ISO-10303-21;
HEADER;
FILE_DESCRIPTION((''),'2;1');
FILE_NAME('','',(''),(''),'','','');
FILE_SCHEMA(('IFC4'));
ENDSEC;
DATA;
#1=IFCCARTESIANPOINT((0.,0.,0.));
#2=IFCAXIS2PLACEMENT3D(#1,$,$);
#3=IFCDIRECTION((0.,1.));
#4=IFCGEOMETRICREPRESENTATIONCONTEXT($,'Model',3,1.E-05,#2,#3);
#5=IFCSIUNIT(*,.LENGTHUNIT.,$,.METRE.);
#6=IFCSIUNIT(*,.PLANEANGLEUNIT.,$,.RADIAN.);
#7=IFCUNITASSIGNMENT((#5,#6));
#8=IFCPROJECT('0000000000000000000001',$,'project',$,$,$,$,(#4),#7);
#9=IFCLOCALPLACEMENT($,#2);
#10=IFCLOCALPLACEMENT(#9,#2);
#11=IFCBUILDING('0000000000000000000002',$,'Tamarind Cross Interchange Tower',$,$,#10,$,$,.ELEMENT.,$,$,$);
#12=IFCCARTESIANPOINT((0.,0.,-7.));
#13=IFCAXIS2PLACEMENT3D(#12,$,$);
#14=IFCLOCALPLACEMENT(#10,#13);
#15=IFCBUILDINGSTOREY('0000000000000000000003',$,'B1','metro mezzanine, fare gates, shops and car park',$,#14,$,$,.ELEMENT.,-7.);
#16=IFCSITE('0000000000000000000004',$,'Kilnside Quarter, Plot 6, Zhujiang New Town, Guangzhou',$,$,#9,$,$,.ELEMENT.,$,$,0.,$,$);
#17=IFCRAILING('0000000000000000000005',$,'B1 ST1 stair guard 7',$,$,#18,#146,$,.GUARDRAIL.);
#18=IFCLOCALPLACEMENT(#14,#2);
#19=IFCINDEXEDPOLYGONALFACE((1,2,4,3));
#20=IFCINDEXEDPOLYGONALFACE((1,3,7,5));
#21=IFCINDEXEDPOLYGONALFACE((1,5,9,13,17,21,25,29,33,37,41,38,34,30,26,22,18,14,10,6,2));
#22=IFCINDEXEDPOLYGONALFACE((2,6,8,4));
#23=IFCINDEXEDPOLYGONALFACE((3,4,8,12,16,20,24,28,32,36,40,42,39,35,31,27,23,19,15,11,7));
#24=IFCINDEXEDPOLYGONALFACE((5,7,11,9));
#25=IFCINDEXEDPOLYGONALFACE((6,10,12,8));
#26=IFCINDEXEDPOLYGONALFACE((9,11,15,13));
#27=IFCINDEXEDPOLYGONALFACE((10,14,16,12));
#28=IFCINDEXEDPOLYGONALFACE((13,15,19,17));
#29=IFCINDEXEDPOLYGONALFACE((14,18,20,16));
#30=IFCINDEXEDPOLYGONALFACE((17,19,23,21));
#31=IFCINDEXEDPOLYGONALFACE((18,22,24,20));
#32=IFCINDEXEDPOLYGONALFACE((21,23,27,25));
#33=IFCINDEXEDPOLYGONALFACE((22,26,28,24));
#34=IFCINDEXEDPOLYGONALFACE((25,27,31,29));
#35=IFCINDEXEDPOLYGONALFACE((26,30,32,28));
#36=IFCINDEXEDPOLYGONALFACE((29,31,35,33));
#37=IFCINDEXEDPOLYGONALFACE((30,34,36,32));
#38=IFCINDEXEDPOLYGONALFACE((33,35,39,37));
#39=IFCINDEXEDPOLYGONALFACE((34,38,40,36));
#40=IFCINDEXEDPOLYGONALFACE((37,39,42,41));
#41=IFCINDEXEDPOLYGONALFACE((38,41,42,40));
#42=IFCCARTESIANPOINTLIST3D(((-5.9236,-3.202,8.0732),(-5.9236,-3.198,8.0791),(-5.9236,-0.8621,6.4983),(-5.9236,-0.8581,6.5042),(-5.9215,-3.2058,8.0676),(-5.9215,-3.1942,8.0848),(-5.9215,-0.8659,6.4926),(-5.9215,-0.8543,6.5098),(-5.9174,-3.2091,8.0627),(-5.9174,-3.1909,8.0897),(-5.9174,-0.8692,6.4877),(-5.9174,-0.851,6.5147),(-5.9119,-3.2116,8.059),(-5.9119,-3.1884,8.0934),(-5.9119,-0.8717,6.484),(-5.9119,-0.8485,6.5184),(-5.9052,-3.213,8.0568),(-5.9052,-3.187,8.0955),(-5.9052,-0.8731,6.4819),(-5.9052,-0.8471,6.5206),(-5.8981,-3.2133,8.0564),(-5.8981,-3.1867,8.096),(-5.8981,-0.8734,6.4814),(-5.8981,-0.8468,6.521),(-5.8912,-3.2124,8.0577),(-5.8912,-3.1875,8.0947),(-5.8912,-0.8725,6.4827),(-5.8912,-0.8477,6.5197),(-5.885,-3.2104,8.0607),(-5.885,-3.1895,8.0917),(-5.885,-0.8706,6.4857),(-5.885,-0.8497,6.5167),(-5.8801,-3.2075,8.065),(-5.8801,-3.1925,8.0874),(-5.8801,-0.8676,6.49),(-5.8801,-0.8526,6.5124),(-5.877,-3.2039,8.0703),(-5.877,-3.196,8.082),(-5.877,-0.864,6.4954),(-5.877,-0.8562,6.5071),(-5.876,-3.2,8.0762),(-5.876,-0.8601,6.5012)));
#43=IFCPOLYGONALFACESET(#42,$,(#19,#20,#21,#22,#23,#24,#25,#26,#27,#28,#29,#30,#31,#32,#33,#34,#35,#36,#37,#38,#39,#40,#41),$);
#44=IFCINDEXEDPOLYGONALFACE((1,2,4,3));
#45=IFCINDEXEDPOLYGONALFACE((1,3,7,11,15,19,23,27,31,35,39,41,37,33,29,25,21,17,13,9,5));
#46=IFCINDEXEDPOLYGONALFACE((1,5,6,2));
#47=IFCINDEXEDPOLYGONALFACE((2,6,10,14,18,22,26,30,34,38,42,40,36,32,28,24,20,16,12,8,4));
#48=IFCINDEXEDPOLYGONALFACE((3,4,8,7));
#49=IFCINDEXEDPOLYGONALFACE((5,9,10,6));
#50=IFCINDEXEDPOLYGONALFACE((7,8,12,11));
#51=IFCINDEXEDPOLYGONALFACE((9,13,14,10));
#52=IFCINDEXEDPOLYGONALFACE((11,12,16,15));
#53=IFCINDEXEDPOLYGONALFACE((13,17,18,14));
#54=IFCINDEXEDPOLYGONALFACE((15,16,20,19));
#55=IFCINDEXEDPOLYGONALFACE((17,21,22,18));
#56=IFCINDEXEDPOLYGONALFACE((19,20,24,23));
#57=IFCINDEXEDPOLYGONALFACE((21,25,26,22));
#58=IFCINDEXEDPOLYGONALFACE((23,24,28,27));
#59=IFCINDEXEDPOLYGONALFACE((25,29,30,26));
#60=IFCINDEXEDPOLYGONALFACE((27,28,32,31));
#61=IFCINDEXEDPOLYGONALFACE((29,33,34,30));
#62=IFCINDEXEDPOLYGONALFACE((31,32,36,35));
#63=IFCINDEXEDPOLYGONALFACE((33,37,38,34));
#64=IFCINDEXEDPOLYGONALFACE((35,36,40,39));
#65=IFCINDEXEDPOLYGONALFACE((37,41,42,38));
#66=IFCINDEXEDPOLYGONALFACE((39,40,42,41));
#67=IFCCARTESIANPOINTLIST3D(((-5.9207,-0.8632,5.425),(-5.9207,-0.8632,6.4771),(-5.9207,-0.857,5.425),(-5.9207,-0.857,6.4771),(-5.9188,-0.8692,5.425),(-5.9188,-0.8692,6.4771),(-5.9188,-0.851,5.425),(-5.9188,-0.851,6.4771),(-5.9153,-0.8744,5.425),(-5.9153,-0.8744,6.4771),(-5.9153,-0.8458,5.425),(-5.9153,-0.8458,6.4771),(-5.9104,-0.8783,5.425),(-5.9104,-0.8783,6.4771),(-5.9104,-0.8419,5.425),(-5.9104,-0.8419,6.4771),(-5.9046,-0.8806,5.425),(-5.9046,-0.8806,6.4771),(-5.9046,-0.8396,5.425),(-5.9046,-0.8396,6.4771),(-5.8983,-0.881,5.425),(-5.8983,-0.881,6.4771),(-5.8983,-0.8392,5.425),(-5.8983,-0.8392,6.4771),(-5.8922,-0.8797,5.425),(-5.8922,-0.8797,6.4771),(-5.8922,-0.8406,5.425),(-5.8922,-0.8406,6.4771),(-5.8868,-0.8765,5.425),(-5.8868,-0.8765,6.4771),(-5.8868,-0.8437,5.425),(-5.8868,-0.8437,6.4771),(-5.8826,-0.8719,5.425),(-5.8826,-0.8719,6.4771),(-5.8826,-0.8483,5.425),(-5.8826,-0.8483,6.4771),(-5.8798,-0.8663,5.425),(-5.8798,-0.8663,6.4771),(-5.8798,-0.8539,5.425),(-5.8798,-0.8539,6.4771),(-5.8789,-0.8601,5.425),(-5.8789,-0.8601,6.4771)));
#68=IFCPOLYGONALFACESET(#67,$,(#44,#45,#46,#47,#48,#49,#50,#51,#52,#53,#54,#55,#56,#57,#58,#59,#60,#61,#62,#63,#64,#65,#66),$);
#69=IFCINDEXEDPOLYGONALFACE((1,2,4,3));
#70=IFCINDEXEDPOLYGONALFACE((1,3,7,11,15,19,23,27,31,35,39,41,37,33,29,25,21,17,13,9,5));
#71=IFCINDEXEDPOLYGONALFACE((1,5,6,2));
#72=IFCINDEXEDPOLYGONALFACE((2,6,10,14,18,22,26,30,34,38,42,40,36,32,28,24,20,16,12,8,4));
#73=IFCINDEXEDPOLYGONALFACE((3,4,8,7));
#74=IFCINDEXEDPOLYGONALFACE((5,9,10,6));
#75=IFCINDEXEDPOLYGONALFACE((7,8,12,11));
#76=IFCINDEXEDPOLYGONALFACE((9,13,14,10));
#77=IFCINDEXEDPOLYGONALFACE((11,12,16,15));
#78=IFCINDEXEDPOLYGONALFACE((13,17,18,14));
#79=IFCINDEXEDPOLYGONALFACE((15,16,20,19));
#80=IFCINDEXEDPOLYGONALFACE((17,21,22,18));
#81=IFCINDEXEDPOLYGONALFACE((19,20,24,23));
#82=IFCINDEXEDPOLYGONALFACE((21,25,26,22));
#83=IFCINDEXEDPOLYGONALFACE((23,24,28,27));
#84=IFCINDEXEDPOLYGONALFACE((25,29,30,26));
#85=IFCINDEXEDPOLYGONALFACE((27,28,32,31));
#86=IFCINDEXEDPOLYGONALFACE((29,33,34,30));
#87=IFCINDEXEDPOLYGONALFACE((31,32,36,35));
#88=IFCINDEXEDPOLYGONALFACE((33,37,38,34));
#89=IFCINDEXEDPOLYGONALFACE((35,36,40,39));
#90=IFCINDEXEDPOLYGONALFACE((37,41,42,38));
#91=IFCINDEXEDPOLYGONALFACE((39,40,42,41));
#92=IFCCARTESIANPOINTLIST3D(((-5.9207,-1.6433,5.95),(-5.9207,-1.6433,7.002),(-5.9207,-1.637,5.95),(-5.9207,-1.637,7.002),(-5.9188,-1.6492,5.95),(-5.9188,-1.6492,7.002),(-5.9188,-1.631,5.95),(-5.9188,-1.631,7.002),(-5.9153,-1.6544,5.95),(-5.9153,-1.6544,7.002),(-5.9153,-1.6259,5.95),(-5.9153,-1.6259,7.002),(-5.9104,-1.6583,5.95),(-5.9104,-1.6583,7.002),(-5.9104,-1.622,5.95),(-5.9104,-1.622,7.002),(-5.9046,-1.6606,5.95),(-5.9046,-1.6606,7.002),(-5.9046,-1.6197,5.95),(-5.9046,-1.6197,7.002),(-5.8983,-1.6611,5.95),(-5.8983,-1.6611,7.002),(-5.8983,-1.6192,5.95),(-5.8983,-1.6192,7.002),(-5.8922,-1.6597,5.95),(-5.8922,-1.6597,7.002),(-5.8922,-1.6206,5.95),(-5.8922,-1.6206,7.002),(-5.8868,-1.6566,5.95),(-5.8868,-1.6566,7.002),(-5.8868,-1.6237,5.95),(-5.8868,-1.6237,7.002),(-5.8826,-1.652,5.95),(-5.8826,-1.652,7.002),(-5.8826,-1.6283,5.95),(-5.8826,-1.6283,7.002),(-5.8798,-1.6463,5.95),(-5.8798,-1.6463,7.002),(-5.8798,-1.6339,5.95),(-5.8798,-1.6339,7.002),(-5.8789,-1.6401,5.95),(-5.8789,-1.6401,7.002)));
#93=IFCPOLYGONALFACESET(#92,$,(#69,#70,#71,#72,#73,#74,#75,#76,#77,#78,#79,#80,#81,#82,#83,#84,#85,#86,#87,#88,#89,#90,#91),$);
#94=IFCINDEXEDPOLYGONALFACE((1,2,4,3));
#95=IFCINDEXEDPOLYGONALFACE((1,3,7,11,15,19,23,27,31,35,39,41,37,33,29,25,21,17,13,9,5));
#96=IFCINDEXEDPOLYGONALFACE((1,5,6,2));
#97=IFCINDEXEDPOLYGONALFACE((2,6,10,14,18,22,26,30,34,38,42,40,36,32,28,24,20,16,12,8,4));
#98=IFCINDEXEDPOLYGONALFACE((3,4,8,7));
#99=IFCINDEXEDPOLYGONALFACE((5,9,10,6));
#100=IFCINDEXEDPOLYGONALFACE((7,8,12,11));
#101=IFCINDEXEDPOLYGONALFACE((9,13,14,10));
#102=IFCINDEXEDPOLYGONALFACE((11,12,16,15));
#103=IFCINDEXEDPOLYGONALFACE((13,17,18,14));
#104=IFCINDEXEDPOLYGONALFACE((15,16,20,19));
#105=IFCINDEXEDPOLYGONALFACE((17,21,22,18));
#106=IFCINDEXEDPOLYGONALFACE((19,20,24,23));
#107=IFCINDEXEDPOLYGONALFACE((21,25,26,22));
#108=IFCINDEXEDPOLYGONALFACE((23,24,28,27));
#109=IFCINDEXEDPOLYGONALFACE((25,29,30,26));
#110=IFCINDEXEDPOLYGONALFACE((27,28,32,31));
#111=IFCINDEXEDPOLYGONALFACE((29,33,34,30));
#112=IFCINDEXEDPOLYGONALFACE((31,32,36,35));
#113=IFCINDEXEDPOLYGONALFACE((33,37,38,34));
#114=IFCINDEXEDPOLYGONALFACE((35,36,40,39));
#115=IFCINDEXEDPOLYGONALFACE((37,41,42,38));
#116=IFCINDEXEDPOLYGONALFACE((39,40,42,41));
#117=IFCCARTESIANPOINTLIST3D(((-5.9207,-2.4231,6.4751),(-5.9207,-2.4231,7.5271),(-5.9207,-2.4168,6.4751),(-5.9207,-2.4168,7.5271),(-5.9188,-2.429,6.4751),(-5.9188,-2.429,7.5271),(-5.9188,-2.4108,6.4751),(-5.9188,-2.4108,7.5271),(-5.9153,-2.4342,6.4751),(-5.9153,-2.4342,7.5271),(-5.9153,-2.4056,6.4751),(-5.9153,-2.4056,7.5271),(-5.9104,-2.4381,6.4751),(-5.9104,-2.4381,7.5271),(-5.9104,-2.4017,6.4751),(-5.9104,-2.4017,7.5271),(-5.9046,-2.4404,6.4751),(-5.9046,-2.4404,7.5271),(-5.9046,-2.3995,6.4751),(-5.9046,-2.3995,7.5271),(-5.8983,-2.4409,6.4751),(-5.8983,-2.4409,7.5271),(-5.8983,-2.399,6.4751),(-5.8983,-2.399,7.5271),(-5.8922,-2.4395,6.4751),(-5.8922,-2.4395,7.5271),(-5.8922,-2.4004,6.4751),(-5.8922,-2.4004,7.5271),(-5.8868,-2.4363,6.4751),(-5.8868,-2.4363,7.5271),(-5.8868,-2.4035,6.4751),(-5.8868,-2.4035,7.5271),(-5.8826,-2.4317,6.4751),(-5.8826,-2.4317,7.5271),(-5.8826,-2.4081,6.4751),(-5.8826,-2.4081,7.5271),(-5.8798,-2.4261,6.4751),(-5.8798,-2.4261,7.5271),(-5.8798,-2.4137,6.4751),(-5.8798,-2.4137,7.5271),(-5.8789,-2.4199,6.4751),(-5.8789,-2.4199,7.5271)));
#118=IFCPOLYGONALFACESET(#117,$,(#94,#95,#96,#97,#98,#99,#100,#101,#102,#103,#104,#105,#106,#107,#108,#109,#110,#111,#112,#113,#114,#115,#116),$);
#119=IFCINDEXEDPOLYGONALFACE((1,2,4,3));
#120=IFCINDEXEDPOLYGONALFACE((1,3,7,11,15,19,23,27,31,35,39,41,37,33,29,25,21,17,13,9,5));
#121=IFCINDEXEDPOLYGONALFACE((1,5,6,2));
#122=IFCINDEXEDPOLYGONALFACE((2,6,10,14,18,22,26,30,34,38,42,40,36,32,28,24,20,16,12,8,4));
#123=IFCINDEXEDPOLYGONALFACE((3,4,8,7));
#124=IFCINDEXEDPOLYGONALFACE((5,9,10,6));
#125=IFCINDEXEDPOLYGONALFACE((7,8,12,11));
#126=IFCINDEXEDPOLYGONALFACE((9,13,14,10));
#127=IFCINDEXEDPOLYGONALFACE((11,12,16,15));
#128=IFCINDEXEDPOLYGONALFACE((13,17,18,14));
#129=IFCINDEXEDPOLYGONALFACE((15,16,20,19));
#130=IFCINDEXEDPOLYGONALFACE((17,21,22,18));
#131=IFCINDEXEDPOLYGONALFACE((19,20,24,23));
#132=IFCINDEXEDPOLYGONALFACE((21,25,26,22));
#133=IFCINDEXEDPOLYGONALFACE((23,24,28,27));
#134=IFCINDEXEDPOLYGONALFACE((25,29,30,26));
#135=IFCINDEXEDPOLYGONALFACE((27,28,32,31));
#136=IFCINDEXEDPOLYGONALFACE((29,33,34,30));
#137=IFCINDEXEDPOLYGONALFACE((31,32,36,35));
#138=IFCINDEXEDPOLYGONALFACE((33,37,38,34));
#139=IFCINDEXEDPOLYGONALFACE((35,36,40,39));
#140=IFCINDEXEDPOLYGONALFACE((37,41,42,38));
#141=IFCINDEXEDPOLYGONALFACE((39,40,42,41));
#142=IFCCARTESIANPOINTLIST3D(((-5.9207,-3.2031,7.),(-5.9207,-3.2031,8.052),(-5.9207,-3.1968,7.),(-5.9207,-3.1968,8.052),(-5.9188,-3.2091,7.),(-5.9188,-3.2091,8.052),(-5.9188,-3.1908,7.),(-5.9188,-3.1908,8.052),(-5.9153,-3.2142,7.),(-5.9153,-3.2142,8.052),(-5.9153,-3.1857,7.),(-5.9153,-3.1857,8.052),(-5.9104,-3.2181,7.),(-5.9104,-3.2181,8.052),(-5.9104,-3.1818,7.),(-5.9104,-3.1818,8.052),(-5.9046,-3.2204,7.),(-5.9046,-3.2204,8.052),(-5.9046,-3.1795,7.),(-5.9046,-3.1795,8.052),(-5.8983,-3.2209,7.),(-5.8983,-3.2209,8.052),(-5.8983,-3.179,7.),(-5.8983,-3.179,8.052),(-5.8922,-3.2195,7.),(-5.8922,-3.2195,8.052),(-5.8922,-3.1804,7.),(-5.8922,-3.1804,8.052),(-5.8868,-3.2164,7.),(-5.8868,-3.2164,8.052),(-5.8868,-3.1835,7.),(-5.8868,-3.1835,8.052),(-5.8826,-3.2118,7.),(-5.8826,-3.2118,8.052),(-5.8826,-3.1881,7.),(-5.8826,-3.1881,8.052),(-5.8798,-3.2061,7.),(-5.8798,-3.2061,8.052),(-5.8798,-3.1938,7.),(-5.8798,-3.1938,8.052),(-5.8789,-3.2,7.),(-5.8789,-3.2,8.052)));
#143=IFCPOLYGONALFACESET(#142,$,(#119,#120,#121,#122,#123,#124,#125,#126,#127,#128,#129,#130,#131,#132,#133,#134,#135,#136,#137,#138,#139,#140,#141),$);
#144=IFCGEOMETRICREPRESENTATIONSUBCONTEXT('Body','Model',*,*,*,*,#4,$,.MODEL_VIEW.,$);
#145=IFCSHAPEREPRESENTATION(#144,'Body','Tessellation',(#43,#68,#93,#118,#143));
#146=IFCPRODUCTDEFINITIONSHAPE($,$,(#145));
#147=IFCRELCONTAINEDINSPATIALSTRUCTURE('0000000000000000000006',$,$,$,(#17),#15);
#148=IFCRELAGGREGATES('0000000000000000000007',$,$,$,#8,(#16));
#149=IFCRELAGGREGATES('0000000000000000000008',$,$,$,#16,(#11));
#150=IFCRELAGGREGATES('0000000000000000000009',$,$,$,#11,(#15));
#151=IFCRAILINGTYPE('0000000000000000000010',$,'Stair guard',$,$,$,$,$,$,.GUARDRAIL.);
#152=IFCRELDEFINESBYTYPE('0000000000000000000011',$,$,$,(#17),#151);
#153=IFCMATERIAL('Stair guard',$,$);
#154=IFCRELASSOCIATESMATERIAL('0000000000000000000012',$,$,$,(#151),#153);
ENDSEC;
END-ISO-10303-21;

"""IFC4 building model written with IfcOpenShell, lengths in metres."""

from ifc_helpers import new_model, si_unit, direction, frame, origin, origin_2d, place, context, subcontext, project, spatial, circle, extrude, material, type_object, element, save


model = new_model("IFC4")

# Units and contexts
model_context = context("Model", 3, precision=1e-05, world=origin(), true_north=direction((0.0, 1.0)))
body_context = subcontext(model_context, "Body", "Model", "MODEL_VIEW")
ifc_project = project(units=[si_unit("LENGTHUNIT", "METRE"), si_unit("PLANEANGLEUNIT", "RADIAN")], contexts=[model_context])

# Site, building, storey
site_placement = place(None, origin())
site = spatial("IfcSite", under=ifc_project, at=site_placement, Name="Kilnside Quarter, Plot 6, Zhujiang New Town, Guangzhou", CompositionType="ELEMENT", RefElevation=0.0)
building_placement = place(site_placement, origin())
building = spatial("IfcBuilding", under=site, at=building_placement, Name="Tamarind Cross Interchange Tower", CompositionType="ELEMENT")
storey_placement = place(building_placement, frame((0.0, 0.0, -7.0)))
storey = spatial("IfcBuildingStorey", under=building, at=storey_placement, Name="B1", Description="metro mezzanine, fare gates, shops and car park", CompositionType="ELEMENT", Elevation=-7.0)

# Railing
ifc_material_1 = material(Name="Stair guard")
railing_type_1 = type_object("IfcRailingType", Name="Stair guard", PredefinedType="GUARDRAIL", material=ifc_material_1)
railing_1_placement = place(storey_placement, frame((-5.8999, -0.8601, 5.425)))
element("IfcRailing", 1, at=railing_1_placement, inside=storey, type_object=railing_type_1, Name="B1 ST1 stair guard 7", PredefinedType="GUARDRAIL", context=body_context, shape_type="SweptSolid", body=[
    extrude(circle(Radius=0.0239, at=origin_2d()), frame((0.0, 0.0, 1.0762), z_axis=(0.0, -0.829578, 0.55839), x_axis=(1.0, 0.0, 0.0)), (0.0, 0.0, 1.0), 2.8206),
    extrude(circle(Radius=0.021, at=origin_2d()), origin(), (0.0, 0.0, 1.0), 1.052),
    extrude(circle(Radius=0.021, at=origin_2d()), frame((0.0, -0.78, 0.5249)), (0.0, 0.0, 1.0), 1.052),
    extrude(circle(Radius=0.021, at=origin_2d()), frame((0.0, -1.5598, 1.05)), (0.0, 0.0, 1.0), 1.052),
    extrude(circle(Radius=0.021, at=origin_2d()), frame((0.0, -2.3398, 1.575)), (0.0, 0.0, 1.0), 1.052),
])

save(model, "model.ifc")
